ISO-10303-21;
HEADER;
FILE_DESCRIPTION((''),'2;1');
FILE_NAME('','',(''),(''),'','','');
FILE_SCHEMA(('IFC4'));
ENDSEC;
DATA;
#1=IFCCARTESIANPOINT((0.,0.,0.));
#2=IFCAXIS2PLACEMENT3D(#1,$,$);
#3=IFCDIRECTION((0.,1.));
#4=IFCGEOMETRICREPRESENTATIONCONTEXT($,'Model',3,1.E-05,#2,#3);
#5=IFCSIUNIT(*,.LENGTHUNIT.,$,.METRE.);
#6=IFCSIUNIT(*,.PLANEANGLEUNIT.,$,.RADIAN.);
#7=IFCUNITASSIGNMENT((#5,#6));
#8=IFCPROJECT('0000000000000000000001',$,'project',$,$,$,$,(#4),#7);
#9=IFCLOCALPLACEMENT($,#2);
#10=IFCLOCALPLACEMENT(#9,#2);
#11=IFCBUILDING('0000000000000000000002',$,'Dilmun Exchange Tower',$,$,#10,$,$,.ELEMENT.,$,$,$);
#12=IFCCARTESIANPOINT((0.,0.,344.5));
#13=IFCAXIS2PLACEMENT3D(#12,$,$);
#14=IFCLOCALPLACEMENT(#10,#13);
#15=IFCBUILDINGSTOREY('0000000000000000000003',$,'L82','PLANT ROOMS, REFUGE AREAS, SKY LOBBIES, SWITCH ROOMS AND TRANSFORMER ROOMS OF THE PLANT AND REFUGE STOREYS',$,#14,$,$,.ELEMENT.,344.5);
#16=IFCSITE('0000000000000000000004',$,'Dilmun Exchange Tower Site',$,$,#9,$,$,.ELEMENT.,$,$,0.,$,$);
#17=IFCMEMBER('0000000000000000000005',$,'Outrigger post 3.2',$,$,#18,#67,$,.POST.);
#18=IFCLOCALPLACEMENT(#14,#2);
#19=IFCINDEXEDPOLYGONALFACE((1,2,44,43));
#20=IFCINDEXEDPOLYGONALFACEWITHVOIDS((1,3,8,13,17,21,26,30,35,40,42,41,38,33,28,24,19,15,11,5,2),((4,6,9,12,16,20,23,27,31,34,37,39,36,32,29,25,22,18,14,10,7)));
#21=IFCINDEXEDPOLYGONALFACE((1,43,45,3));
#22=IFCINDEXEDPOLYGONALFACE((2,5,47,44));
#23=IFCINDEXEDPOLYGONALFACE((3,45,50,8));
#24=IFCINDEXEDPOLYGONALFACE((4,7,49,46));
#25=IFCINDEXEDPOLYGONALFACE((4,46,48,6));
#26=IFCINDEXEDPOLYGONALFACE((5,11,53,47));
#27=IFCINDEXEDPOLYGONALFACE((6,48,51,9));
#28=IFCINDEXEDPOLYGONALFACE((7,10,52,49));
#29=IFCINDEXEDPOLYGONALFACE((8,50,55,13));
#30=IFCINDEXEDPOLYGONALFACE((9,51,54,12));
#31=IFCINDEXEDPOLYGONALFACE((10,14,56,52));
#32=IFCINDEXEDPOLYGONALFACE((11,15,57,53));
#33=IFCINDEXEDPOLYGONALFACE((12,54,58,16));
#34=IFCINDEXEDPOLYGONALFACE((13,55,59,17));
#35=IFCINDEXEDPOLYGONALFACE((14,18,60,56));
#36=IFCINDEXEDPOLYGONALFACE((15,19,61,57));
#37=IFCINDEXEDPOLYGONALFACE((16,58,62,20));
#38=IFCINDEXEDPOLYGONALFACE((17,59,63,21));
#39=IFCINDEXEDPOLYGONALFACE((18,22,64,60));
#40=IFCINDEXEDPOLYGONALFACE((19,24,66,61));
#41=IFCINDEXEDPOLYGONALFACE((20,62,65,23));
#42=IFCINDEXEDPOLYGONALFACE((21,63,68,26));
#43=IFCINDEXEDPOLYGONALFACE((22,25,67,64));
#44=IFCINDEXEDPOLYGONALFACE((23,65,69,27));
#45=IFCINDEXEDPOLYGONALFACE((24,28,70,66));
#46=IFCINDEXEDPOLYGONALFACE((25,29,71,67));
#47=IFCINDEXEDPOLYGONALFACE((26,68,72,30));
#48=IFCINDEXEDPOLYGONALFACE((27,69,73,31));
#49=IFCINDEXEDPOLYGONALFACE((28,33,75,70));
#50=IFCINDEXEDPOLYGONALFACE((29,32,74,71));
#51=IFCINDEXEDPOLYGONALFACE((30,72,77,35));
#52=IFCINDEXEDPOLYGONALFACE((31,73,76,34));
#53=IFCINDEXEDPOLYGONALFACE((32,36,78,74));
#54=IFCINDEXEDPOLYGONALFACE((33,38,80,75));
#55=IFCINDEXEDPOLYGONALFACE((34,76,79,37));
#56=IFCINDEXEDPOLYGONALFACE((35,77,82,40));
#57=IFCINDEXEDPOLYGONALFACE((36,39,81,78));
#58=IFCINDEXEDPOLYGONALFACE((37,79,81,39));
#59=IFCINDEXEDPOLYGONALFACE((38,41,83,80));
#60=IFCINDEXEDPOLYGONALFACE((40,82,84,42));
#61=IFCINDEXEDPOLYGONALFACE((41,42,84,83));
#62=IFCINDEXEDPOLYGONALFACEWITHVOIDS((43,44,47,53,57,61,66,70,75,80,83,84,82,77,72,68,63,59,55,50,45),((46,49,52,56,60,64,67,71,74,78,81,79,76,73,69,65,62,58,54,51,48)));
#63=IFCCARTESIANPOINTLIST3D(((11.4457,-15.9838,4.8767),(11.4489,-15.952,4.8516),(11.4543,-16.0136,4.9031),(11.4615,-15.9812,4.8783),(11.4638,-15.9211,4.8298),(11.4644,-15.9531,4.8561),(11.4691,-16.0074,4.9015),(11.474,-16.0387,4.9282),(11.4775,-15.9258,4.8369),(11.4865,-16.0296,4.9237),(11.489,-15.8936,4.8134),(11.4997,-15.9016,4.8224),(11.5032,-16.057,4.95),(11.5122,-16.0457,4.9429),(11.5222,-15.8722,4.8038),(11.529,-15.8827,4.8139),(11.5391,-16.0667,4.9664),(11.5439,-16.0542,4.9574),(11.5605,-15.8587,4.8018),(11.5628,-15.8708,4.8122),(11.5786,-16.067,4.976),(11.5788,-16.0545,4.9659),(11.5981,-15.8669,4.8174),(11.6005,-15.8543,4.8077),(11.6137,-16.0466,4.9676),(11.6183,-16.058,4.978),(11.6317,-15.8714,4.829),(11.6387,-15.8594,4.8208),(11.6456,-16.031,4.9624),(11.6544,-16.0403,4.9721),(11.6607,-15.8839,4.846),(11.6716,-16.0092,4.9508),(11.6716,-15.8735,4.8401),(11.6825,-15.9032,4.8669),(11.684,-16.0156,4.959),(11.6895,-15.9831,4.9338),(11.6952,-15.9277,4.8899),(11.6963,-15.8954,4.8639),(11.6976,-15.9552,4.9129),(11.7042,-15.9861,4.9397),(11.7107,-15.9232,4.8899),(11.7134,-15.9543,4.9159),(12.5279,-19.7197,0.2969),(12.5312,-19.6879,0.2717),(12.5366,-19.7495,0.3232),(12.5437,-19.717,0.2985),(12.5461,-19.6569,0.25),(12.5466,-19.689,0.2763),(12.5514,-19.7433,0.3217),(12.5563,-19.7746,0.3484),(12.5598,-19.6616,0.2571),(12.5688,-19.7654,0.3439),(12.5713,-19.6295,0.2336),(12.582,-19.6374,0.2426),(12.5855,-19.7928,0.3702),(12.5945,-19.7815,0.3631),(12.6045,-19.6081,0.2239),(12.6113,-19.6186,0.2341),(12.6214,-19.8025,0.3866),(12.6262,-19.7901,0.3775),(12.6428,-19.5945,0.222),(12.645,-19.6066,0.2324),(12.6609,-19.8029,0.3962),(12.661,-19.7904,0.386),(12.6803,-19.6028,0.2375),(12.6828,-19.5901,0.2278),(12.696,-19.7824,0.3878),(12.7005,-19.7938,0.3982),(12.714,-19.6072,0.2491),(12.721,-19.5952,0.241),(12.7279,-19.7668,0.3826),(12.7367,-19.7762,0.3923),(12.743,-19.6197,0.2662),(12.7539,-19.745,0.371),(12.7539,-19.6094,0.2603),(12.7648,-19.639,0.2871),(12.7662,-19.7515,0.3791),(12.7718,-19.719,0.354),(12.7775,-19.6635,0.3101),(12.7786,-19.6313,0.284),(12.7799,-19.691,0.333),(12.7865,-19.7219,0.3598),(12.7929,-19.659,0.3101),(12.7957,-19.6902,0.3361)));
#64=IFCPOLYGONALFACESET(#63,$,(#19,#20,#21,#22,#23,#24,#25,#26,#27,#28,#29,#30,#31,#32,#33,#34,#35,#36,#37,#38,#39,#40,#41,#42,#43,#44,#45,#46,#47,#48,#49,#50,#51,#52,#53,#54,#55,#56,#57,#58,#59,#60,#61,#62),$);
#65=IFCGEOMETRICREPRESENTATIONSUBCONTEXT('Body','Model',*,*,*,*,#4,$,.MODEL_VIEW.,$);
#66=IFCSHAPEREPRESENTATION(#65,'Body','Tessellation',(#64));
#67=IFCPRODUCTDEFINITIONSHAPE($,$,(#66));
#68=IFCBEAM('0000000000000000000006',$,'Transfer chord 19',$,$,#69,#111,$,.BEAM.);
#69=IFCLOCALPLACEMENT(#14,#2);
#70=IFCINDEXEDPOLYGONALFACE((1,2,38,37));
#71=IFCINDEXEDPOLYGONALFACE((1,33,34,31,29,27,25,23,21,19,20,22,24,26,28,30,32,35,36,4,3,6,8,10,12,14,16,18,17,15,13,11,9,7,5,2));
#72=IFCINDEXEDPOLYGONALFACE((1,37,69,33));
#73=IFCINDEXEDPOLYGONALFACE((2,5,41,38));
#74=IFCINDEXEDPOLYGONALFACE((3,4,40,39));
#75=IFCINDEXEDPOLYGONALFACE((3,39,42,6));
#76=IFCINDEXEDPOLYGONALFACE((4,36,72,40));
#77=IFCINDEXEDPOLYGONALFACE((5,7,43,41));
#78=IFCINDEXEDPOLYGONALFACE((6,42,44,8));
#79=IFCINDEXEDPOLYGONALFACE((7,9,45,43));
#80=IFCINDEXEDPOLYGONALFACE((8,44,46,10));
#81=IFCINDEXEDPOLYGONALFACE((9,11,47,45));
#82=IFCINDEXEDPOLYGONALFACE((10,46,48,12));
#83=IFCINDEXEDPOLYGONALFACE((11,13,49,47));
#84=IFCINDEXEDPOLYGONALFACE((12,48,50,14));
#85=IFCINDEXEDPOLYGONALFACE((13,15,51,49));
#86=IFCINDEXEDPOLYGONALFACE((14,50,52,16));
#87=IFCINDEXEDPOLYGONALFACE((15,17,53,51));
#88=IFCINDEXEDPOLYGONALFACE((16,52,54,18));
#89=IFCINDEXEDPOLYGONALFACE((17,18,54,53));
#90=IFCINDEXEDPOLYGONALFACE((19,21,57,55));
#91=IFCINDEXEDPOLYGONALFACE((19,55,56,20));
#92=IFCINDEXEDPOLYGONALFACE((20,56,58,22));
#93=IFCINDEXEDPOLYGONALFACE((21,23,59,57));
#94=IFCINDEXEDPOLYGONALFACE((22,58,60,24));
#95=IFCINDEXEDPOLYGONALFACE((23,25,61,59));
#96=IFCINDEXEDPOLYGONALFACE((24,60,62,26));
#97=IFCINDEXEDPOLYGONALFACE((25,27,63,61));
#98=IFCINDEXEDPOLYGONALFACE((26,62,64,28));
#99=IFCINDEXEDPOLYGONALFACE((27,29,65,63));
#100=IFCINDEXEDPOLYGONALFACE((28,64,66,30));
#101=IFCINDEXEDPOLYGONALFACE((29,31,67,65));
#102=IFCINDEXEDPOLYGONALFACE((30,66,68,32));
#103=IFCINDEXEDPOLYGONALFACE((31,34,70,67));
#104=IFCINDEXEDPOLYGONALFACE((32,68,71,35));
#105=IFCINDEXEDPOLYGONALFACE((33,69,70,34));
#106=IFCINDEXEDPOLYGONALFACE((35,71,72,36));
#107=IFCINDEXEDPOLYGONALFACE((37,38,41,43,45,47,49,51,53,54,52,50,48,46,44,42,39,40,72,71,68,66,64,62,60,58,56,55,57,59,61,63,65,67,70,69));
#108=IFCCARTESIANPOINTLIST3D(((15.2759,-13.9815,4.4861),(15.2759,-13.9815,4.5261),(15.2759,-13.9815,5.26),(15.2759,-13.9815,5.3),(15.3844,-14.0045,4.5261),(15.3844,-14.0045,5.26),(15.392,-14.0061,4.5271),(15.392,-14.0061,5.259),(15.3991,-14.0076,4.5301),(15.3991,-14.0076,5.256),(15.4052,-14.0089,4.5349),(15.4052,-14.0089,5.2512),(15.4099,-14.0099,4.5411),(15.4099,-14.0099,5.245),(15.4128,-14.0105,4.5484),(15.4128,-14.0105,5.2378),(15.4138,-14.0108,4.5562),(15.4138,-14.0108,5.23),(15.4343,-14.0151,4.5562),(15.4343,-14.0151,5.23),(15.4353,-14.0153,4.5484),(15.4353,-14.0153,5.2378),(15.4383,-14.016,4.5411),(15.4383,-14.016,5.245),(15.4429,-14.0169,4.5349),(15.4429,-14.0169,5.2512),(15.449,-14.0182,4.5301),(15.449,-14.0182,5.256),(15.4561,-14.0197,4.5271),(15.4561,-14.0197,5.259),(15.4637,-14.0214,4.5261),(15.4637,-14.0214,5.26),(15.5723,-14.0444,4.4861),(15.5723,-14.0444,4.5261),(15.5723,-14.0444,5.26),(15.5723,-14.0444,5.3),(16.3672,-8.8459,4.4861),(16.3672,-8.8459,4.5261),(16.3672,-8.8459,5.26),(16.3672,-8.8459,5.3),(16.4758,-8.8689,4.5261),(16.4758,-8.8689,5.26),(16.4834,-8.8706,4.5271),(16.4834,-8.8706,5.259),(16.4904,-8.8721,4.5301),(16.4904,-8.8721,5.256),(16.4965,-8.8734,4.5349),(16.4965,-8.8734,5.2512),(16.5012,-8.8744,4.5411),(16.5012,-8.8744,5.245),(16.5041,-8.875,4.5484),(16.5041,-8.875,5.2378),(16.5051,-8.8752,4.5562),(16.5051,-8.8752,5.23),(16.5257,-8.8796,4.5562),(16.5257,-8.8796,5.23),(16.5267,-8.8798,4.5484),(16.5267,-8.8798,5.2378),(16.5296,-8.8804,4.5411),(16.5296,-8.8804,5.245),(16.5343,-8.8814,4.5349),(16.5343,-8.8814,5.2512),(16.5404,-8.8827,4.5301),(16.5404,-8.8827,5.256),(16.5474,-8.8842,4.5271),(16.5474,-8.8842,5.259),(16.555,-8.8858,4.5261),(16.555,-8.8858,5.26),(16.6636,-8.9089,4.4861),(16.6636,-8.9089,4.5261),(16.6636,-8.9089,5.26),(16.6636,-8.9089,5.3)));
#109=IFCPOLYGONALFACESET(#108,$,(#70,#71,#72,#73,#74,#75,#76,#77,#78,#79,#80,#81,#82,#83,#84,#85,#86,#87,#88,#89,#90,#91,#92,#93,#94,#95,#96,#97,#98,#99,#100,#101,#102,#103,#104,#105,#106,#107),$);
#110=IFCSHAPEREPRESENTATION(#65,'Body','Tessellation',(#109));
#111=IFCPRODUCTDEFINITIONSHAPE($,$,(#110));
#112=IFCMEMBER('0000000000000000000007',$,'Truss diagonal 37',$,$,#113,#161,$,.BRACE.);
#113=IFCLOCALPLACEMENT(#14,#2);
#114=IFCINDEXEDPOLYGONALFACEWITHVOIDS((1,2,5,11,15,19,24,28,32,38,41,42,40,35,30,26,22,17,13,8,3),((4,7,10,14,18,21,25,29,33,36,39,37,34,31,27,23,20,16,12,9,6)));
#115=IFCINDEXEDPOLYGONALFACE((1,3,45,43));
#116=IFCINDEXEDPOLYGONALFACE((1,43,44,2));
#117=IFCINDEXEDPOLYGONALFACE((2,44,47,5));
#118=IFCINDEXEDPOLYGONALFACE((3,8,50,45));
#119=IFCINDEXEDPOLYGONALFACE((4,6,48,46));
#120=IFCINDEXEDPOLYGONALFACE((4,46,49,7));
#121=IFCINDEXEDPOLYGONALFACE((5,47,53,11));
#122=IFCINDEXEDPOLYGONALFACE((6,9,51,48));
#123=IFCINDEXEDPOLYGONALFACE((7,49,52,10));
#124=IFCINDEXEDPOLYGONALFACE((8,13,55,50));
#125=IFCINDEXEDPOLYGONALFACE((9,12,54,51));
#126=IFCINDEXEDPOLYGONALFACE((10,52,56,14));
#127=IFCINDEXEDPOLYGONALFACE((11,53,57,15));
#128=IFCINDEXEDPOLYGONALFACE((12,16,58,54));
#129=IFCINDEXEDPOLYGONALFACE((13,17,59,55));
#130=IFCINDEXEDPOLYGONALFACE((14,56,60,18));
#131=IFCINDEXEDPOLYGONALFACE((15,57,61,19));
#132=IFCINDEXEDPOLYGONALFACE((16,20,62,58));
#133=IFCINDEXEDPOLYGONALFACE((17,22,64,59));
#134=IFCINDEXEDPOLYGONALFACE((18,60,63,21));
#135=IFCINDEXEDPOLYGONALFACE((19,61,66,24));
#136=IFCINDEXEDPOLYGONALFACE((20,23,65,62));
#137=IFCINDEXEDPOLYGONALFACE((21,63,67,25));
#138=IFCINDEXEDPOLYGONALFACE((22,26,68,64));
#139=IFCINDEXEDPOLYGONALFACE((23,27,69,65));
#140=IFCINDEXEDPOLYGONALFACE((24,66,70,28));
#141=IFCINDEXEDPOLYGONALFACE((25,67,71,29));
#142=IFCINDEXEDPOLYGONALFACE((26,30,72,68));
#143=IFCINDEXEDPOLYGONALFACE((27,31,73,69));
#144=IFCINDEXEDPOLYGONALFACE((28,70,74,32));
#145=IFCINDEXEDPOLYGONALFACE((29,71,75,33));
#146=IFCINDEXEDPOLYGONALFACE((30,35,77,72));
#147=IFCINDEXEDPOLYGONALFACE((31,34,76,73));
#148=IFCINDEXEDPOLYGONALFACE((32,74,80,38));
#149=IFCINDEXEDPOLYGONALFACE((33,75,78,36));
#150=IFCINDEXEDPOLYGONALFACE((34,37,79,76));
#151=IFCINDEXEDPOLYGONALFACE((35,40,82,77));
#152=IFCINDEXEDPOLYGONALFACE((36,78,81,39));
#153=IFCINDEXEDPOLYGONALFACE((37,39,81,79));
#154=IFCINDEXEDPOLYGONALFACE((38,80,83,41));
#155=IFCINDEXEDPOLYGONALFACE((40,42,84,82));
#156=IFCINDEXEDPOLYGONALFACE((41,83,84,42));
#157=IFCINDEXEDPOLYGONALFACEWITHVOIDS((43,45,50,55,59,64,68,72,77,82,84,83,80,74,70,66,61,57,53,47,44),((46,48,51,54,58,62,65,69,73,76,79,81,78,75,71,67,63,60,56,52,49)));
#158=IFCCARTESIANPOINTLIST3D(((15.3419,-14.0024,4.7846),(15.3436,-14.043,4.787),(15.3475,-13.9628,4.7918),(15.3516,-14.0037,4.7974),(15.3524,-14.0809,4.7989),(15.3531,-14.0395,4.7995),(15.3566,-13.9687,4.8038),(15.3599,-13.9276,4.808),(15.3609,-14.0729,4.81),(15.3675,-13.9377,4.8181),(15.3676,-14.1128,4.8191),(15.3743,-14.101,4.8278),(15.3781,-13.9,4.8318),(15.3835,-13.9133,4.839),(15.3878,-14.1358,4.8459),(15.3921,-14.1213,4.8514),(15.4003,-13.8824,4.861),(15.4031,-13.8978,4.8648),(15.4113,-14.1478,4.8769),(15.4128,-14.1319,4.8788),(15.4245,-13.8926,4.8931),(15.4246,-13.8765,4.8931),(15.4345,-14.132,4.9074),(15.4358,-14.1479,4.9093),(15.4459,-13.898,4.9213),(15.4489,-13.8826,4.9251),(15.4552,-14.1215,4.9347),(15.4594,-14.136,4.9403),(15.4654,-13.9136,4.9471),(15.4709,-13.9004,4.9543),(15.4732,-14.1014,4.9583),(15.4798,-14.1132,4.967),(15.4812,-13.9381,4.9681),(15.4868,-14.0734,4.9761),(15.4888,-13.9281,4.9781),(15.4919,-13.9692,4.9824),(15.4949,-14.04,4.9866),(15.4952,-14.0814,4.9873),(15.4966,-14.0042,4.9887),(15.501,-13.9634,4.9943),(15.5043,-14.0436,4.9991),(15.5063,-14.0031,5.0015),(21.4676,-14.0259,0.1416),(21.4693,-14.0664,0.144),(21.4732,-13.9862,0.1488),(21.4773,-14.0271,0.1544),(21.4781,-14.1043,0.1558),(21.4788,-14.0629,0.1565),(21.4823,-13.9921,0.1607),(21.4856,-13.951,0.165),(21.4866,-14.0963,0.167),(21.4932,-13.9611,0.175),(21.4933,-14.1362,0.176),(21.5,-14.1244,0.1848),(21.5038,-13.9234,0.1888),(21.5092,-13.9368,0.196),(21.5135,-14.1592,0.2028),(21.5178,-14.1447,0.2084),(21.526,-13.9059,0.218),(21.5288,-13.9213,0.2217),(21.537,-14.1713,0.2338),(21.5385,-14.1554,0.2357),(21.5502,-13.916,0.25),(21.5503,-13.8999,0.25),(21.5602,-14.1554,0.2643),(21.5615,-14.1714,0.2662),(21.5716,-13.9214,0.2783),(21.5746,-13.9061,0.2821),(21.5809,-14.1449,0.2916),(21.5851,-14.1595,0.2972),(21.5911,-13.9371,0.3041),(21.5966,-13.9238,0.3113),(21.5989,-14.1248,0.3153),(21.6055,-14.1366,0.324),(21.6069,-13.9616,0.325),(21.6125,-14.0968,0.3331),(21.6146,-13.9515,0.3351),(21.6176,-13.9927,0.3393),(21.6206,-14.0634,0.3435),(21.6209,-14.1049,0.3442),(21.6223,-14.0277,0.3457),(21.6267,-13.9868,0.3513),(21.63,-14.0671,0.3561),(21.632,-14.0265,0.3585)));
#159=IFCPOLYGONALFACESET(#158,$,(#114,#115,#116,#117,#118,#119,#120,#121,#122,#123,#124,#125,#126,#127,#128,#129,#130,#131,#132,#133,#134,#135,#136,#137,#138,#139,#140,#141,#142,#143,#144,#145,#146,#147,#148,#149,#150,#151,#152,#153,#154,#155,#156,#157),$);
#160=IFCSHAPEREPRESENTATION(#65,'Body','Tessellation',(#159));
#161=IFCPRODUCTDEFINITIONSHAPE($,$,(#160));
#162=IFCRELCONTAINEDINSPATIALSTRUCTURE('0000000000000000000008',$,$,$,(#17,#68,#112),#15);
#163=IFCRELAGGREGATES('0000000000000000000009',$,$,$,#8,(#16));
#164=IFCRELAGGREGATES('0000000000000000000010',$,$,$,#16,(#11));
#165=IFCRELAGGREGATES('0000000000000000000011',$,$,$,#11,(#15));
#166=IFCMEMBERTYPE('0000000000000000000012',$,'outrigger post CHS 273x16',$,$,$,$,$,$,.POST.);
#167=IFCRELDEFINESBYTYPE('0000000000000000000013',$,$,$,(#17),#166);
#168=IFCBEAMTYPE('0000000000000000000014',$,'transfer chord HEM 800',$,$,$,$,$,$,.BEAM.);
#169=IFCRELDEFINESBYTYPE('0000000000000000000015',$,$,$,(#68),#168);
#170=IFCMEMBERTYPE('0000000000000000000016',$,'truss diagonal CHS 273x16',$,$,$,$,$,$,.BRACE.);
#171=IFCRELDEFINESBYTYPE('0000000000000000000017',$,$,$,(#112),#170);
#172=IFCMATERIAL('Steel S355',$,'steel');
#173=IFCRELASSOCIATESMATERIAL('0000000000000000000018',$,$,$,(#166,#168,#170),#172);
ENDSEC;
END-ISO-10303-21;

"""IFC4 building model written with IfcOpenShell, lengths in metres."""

from ifc_helpers import new_model, si_unit, direction, frame, origin, origin_2d, place, context, subcontext, project, spatial, hollow_circle, i_section, extrude, material, material_profile, profile_set, type_object, element, save


model = new_model("IFC4")

# Units and contexts
model_context = context("Model", 3, precision=1e-05, world=origin(), true_north=direction((0.0, 1.0)))
body_context = subcontext(model_context, "Body", "Model", "MODEL_VIEW")
ifc_project = project(units=[si_unit("LENGTHUNIT", "METRE"), si_unit("PLANEANGLEUNIT", "RADIAN")], contexts=[model_context])

# Site, building, storey
site_placement = place(None, origin())
site = spatial("IfcSite", under=ifc_project, at=site_placement, Name="Dilmun Exchange Tower Site", CompositionType="ELEMENT", RefElevation=0.0)
building_placement = place(site_placement, origin())
building = spatial("IfcBuilding", under=site, at=building_placement, Name="Dilmun Exchange Tower", CompositionType="ELEMENT")
storey_placement = place(building_placement, frame((0.0, 0.0, 344.5)))
storey = spatial("IfcBuildingStorey", under=building, at=storey_placement, Name="L82", Description="PLANT ROOMS, REFUGE AREAS, SKY LOBBIES, SWITCH ROOMS AND TRANSFORMER ROOMS OF THE PLANT AND REFUGE STOREYS", CompositionType="ELEMENT", Elevation=344.5)

# Shared definitions
ifc_material_1 = material(Name="Steel S355", Category="steel")

# Member
ifc_material_profile_1 = material_profile(ifc_material_1, hollow_circle(Radius=0.1365, WallThickness=0.0161, at=origin_2d()), Name="CHS 273x16")
ifc_profile_set_1 = profile_set([ifc_material_profile_1], Name="Steel S355")
member_type_1 = type_object("IfcMemberType", Name="outrigger post CHS 273x16", PredefinedType="POST", material=ifc_profile_set_1)
member_1_placement = place(storey_placement, frame((11.5796, -15.9612, 4.8899), z_axis=(0.180122, -0.621754, -0.762219), x_axis=(0.960506, 0.278259, 0.0)))
element("IfcMember", 1, at=member_1_placement, inside=storey, type_object=member_type_1, Name="Outrigger post 3.2", PredefinedType="POST", context=body_context, shape_type="SweptSolid", body=[
    extrude(hollow_circle(Radius=0.1365, WallThickness=0.0161, at=origin_2d()), origin(), (0.0, 0.0, 1.0), 6.0085),
])

# Beam
ifc_material_profile_2 = material_profile(ifc_material_1, i_section(OverallWidth=0.303, OverallDepth=0.814, WebThickness=0.021, FlangeThickness=0.04, FilletRadius=0.03, at=origin_2d()), Name="HEM 800")
ifc_profile_set_2 = profile_set([ifc_material_profile_2], Name="Steel S355")
beam_type_1 = type_object("IfcBeamType", Name="transfer chord HEM 800", PredefinedType="BEAM", material=ifc_profile_set_2)
beam_1_placement = place(storey_placement, frame((15.4241, -14.0129, 4.8931), z_axis=(0.207862, 0.978158, 0.0), x_axis=(-0.978158, 0.207862, 0.0)))
element("IfcBeam", 2, at=beam_1_placement, inside=storey, type_object=beam_type_1, Name="Transfer chord 19", PredefinedType="BEAM", context=body_context, shape_type="SweptSolid", body=[
    extrude(i_section(OverallWidth=0.303, OverallDepth=0.814, WebThickness=0.021, FlangeThickness=0.04, FilletRadius=0.03, at=origin_2d()), origin(), (0.0, 0.0, 1.0), 5.2502),
])

# Member
ifc_material_profile_3 = material_profile(ifc_material_1, hollow_circle(Radius=0.1365, WallThickness=0.0161, at=origin_2d()), Name="CHS 273x16")
ifc_profile_set_3 = profile_set([ifc_material_profile_3], Name="Steel S355")
member_type_2 = type_object("IfcMemberType", Name="truss diagonal CHS 273x16", PredefinedType="BRACE", material=ifc_profile_set_3)
for number, where, z_axis, x_axis, name in (
    (3, (15.4241, -14.0129, 4.8931), (0.796941, -0.003049, -0.60405), (0.003826, 0.999993, 0.0), "Truss diagonal 37"),
):
    element("IfcMember", number, at=place(storey_placement, frame(where, z_axis=z_axis, x_axis=x_axis)), inside=storey, type_object=member_type_2, Name=name, PredefinedType="BRACE", context=body_context, shape_type="SweptSolid", body=[
        extrude(hollow_circle(Radius=0.1365, WallThickness=0.0161, at=origin_2d()), origin(), (0.0, 0.0, 1.0), 7.6865),
    ])

save(model, "model.ifc")
